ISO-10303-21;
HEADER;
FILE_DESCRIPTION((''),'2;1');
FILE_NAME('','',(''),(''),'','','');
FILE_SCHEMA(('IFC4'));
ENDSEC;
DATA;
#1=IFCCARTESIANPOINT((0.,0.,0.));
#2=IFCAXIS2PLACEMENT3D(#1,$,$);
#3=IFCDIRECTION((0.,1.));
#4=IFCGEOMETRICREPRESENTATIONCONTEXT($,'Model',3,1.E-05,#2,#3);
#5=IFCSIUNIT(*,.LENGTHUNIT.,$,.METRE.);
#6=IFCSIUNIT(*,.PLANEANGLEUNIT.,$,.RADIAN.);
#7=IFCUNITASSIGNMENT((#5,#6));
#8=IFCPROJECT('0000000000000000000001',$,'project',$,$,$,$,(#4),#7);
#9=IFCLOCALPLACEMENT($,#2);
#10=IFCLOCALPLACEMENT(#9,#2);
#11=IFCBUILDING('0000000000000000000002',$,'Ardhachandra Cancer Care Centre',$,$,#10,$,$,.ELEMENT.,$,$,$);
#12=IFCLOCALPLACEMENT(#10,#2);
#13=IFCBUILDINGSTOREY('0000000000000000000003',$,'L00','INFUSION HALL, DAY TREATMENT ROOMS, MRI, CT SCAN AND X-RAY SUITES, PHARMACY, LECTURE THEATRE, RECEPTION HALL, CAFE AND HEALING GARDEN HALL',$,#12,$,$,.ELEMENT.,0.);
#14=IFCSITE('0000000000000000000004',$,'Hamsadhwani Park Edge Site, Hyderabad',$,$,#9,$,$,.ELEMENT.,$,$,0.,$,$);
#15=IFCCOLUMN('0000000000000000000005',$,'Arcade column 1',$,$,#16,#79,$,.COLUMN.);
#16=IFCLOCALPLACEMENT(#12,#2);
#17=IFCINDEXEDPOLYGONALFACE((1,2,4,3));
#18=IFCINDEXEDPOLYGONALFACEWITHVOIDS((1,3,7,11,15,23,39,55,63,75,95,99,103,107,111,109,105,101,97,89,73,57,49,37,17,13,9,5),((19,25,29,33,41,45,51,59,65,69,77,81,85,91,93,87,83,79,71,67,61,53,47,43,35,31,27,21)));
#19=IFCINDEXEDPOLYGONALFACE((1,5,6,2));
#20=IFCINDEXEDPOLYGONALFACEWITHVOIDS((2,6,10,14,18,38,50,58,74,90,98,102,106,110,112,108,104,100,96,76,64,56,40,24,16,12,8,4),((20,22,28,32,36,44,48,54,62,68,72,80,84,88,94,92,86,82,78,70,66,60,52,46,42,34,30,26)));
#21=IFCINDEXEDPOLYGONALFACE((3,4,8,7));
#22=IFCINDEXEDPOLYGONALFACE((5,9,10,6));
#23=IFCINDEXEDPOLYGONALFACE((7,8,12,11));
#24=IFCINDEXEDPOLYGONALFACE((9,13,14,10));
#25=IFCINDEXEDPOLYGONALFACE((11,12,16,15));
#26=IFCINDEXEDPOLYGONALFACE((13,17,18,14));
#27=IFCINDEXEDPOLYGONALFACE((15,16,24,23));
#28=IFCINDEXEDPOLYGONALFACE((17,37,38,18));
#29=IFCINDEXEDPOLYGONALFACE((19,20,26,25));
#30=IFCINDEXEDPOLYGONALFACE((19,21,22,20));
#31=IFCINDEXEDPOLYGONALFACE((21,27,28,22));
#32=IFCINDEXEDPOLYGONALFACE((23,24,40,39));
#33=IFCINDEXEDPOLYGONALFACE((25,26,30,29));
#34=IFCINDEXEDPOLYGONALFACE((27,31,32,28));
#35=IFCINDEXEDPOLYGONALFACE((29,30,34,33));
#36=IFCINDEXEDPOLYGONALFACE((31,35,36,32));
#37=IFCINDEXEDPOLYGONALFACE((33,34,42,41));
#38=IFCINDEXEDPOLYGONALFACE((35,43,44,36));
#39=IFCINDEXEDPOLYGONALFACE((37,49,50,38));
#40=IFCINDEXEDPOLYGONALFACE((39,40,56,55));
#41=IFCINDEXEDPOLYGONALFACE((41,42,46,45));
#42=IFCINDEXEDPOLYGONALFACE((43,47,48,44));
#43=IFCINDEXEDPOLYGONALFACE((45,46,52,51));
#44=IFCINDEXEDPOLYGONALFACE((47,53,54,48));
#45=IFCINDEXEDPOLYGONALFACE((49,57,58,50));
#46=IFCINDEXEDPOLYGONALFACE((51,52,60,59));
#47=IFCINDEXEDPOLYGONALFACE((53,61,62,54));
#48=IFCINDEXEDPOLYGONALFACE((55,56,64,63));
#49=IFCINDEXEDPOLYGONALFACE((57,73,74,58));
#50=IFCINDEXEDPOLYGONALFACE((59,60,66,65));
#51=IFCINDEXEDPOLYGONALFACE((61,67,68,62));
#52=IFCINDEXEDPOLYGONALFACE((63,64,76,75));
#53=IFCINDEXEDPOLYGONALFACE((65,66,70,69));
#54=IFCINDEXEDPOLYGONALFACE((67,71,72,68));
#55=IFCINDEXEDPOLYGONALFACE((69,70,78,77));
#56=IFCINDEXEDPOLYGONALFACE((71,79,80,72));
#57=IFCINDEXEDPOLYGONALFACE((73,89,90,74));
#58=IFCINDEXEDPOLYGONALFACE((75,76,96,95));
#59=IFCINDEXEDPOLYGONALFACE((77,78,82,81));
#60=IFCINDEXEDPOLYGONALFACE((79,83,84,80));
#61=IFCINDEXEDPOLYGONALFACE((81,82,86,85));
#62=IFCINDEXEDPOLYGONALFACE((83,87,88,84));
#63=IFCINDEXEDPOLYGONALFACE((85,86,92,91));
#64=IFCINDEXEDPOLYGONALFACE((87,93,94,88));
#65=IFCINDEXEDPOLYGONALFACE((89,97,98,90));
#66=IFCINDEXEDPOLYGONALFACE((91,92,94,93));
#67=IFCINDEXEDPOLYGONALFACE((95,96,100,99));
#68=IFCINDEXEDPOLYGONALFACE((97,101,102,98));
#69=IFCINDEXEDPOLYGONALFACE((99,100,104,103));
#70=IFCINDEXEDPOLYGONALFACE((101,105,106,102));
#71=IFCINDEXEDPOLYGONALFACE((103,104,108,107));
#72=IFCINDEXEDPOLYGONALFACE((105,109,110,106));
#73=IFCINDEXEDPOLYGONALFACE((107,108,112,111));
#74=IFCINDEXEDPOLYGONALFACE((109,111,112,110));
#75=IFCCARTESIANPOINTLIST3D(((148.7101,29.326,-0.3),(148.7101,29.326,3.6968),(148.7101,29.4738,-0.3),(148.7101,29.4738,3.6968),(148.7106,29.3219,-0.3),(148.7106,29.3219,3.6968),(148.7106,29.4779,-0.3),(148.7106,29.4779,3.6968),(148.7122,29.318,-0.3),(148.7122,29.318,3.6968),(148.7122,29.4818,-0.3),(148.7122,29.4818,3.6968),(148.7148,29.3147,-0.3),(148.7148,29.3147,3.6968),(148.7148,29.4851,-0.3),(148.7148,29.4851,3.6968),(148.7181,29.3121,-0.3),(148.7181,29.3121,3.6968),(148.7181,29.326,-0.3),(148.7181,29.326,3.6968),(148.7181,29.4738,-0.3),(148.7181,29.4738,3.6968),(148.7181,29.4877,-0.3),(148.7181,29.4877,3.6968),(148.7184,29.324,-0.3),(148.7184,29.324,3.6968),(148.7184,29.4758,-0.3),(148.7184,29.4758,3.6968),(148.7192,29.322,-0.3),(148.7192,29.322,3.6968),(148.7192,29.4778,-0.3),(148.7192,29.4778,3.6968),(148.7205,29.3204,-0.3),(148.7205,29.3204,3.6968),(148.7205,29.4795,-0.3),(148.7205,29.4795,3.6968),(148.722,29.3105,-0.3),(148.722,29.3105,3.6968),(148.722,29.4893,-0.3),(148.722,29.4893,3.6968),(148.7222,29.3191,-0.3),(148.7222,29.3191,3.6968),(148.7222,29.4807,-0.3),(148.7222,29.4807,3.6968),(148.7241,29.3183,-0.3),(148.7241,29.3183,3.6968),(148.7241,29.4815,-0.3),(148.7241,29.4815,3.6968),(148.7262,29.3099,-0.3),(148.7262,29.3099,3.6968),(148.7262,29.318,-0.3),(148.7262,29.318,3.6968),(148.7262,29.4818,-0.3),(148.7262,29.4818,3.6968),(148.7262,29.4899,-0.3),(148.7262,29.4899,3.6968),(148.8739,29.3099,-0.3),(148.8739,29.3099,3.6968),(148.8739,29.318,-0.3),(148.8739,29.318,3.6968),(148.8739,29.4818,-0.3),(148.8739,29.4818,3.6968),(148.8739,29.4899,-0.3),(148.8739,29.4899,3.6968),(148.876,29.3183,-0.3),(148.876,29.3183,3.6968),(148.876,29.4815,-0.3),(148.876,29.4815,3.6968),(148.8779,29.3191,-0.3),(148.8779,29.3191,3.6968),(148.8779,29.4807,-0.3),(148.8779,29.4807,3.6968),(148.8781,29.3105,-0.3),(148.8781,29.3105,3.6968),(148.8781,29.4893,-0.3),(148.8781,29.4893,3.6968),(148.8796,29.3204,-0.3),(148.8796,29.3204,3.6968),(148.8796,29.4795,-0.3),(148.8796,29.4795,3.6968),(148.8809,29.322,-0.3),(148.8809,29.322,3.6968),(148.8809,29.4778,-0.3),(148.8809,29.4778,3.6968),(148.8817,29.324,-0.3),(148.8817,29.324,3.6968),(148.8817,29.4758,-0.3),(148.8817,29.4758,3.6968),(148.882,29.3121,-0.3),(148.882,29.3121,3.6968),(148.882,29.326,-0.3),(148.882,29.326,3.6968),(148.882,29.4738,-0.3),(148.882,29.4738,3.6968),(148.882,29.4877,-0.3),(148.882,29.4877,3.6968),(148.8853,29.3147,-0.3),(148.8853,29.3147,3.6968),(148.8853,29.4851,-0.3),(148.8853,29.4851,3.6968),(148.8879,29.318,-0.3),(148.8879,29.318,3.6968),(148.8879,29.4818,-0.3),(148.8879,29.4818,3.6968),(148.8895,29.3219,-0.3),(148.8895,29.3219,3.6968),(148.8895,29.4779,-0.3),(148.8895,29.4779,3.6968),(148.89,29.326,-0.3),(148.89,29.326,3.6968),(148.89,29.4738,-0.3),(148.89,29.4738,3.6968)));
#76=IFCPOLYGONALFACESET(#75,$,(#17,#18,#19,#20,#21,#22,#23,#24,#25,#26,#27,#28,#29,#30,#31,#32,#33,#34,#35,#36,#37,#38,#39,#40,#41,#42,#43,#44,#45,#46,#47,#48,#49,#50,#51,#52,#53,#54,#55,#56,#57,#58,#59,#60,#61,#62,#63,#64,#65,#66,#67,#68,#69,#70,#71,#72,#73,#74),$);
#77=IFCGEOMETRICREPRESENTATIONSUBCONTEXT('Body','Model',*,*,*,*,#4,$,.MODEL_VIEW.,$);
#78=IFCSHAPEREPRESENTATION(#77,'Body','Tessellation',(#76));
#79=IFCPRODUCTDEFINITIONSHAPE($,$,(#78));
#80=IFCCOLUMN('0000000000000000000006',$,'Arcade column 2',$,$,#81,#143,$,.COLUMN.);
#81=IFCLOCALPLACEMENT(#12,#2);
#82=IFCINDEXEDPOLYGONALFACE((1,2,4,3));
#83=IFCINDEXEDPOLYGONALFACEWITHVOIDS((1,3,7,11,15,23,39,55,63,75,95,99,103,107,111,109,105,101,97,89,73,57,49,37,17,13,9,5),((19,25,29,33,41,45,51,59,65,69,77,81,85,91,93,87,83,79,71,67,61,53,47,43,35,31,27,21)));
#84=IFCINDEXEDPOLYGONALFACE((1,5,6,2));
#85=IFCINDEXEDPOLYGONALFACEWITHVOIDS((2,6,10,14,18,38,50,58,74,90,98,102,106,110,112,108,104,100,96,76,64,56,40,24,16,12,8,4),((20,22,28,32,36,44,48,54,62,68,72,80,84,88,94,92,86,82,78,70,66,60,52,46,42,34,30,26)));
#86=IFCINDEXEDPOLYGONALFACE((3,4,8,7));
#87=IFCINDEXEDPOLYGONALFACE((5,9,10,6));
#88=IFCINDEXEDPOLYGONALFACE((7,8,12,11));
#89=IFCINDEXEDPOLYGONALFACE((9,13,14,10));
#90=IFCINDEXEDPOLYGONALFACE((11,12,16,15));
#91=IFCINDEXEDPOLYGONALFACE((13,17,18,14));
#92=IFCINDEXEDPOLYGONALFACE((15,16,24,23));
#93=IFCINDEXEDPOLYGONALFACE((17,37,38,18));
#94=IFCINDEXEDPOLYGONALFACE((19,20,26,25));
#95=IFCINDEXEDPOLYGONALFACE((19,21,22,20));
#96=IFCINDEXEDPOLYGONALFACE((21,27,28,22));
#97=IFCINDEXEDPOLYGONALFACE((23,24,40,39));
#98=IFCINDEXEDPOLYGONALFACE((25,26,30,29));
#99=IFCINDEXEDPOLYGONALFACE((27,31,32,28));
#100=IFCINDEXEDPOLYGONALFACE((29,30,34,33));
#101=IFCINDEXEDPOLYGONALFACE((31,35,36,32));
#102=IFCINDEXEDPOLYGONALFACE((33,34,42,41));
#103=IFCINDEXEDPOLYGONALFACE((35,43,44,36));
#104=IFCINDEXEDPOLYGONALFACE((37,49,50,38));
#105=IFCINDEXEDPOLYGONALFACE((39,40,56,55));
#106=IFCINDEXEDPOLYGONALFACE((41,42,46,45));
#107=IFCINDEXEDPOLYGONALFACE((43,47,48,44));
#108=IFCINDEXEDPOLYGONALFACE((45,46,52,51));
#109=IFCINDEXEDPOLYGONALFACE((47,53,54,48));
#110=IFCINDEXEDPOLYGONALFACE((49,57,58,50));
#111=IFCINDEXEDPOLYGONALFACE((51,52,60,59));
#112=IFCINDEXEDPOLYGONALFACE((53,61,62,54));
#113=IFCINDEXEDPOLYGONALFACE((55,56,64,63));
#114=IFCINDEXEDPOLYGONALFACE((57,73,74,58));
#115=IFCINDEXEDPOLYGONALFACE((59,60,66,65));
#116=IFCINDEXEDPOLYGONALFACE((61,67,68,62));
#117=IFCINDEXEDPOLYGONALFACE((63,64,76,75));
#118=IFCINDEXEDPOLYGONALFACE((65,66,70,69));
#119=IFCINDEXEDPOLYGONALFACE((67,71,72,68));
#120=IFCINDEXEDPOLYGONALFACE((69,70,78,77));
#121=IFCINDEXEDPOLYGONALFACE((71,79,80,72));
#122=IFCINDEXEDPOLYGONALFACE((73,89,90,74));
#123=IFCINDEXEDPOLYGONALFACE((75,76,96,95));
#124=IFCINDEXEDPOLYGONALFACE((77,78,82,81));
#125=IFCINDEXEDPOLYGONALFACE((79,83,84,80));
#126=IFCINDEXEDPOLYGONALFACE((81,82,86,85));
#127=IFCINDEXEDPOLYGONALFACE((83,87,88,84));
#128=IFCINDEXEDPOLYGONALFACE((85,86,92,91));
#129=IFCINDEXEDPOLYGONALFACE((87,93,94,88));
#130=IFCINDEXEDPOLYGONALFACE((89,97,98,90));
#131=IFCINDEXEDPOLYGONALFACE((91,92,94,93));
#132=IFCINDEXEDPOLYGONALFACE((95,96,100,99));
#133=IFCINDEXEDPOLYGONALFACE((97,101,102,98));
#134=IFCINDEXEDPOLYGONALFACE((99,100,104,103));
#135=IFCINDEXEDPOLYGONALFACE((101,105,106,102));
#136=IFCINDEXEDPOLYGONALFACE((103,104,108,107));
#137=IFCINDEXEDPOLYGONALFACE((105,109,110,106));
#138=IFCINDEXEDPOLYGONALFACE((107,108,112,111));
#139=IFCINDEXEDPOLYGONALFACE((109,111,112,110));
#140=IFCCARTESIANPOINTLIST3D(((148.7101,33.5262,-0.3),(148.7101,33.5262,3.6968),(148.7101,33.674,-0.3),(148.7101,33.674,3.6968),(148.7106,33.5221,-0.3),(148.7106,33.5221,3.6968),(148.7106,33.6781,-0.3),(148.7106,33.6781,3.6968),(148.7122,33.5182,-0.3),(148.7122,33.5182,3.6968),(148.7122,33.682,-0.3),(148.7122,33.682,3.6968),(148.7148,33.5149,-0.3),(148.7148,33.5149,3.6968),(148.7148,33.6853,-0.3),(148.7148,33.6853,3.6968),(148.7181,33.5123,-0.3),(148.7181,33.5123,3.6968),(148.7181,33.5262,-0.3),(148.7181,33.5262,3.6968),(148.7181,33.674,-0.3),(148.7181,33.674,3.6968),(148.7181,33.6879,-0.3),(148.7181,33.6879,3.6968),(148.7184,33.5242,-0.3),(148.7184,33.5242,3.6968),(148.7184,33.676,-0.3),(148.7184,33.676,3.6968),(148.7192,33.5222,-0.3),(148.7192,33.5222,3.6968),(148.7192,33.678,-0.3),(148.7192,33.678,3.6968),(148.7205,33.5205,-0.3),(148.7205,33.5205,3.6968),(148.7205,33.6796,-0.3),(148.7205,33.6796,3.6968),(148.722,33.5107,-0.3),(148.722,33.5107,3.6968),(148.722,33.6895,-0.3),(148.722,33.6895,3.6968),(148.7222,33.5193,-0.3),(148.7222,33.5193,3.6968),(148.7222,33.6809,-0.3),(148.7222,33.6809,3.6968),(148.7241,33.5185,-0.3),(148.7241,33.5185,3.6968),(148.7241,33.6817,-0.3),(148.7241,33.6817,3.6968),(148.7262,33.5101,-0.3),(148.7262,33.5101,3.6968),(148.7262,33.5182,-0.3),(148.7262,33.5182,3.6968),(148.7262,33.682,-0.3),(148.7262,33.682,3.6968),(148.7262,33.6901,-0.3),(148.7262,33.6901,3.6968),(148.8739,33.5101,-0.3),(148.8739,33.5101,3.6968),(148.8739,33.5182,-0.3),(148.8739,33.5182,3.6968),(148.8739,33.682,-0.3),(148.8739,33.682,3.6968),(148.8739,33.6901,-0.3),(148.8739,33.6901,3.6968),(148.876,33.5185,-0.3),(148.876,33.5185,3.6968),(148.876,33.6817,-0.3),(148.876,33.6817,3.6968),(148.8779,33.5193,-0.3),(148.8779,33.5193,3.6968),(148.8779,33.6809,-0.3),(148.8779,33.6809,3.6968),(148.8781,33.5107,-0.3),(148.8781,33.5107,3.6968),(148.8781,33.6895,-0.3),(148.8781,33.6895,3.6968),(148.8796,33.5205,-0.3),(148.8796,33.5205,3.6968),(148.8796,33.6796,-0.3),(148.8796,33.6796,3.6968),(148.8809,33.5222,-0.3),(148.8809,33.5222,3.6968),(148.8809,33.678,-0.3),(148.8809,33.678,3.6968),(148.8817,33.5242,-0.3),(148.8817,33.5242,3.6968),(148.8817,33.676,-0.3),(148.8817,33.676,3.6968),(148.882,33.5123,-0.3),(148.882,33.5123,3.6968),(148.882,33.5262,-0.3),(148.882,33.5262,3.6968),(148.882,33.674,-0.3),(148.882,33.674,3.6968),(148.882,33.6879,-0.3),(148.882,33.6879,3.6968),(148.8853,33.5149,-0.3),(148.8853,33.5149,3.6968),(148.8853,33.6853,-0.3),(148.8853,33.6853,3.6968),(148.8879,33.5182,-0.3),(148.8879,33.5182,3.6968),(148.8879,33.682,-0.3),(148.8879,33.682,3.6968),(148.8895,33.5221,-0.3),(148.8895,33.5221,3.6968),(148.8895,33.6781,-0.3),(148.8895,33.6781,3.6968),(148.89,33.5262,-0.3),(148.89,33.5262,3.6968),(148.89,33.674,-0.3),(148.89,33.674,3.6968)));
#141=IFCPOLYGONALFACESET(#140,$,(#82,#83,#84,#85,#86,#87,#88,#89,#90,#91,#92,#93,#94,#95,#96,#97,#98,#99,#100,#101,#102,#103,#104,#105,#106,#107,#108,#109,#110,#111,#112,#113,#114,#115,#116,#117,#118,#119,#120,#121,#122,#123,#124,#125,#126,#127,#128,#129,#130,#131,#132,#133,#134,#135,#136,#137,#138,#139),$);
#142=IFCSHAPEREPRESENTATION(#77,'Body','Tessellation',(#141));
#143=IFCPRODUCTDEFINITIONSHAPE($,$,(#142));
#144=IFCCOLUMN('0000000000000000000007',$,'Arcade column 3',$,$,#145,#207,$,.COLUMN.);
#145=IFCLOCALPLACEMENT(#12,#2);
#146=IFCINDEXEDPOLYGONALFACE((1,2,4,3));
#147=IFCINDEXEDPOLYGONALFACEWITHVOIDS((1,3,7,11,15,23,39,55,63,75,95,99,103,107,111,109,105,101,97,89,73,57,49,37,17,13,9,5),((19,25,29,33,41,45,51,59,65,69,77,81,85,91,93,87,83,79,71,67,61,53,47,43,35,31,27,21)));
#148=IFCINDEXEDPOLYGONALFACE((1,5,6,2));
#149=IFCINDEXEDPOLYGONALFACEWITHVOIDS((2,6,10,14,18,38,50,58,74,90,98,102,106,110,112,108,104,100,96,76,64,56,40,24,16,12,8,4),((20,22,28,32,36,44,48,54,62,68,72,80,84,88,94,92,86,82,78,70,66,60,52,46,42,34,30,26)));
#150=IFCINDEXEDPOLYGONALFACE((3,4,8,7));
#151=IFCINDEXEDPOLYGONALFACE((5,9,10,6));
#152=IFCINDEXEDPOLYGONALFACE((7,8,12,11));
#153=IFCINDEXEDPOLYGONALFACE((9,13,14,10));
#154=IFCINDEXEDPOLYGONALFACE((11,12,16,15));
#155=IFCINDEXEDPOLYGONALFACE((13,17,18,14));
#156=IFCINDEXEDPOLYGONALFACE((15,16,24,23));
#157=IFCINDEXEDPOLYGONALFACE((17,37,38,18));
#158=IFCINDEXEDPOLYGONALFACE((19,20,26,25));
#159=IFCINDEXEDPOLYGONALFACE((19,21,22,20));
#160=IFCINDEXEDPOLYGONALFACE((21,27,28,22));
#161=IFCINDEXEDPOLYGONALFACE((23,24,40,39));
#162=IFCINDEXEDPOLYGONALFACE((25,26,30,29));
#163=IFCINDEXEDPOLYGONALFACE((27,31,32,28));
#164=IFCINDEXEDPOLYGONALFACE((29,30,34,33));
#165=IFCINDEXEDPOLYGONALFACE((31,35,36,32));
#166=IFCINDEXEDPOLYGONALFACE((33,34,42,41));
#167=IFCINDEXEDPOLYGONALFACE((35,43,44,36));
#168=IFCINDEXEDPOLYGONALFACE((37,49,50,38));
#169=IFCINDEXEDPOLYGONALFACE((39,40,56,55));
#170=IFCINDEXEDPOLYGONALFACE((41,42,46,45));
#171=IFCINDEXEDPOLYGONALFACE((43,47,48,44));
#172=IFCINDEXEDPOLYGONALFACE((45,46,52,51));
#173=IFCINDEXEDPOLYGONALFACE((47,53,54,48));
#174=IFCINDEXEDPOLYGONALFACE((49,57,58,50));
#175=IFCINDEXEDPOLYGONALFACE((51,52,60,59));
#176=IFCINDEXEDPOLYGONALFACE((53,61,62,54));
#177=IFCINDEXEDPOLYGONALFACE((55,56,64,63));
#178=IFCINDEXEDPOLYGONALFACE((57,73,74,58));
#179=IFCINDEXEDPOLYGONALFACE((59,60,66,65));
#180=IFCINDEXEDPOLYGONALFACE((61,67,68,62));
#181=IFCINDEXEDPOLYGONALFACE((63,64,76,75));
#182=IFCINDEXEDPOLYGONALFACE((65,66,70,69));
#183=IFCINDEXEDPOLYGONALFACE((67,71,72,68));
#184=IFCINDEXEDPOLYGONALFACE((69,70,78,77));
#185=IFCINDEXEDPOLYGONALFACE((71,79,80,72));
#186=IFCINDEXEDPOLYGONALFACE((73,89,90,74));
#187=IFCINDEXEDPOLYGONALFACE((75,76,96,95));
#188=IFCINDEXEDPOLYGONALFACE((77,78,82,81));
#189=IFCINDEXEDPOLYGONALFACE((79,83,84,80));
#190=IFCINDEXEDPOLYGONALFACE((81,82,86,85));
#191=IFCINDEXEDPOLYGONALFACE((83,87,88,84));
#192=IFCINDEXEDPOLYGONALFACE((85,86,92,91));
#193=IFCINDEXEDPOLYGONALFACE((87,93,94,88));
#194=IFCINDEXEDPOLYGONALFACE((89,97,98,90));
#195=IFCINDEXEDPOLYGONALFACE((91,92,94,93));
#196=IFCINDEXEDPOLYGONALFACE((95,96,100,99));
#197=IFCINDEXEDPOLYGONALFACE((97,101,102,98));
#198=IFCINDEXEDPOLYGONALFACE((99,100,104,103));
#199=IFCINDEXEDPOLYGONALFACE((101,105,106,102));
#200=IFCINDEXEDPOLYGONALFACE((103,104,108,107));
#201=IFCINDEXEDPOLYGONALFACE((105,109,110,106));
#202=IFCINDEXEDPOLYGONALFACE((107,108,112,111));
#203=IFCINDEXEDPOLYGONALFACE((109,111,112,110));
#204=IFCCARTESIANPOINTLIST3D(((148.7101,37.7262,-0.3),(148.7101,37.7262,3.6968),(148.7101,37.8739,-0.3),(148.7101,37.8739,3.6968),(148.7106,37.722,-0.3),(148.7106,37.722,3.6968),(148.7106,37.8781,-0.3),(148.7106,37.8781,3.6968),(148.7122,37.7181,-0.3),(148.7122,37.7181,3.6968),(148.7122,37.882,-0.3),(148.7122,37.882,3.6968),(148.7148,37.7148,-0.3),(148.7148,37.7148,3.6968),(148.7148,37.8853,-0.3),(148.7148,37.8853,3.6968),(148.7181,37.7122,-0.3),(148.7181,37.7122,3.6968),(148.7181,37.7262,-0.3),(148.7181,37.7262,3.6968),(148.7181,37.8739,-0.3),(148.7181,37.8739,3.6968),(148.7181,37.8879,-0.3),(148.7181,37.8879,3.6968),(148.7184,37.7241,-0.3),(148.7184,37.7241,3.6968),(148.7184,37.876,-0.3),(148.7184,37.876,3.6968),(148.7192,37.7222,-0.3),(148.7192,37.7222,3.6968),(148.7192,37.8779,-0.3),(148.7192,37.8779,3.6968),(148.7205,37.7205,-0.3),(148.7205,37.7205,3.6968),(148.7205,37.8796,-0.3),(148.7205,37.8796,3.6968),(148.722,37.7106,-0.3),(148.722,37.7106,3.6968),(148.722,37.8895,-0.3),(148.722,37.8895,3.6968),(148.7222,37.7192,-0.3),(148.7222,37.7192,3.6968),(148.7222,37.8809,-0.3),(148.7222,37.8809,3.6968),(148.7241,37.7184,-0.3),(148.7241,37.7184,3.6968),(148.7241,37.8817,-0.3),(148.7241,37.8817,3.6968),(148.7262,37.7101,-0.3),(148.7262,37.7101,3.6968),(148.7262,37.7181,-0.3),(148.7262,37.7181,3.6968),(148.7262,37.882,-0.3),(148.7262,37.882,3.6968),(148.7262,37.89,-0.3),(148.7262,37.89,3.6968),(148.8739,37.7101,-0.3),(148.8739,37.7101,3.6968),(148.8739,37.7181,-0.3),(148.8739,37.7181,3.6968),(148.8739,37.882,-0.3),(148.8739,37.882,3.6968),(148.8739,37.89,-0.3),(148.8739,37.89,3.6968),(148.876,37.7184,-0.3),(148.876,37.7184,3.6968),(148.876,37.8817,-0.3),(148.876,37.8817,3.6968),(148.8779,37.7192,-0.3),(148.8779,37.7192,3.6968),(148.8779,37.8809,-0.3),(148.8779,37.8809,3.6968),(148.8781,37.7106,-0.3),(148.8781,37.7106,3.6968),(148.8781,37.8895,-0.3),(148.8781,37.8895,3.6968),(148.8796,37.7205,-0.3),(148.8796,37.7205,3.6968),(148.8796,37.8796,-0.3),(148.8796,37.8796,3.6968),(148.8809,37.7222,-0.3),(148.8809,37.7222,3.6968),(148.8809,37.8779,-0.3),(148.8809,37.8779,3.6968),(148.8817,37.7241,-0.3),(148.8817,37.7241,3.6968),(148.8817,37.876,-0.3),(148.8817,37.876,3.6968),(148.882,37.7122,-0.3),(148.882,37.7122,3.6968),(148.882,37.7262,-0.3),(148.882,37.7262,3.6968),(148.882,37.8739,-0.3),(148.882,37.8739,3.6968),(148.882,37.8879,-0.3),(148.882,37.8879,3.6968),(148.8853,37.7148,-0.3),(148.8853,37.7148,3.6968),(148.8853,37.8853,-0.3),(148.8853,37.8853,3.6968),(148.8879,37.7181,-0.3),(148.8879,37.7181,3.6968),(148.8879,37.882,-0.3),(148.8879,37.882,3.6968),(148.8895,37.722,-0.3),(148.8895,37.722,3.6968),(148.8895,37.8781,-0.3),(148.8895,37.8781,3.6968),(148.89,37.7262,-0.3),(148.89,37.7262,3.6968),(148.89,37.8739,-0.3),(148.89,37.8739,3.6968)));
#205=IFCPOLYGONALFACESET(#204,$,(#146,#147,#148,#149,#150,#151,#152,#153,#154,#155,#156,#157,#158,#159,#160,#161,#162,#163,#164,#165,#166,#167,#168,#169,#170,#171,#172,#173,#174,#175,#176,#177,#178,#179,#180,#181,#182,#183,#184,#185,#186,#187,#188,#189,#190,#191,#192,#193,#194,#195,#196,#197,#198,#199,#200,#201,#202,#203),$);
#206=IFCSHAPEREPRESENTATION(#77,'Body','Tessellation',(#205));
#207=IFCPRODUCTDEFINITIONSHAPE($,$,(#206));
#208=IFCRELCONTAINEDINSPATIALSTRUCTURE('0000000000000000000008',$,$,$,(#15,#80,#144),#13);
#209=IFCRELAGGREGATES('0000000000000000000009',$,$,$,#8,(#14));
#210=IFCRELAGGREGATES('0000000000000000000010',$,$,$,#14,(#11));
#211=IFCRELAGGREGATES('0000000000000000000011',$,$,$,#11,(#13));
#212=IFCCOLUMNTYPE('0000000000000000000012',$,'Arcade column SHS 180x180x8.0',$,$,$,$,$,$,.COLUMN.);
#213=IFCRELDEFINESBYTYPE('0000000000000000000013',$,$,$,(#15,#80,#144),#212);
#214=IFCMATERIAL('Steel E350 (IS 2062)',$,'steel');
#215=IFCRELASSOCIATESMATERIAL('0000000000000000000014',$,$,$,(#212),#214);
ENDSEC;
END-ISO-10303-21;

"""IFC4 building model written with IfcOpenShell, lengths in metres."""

from ifc_helpers import new_model, si_unit, direction, frame, origin, origin_2d, place, context, subcontext, project, spatial, hollow_rectangle, extrude, material, material_profile, profile_set, type_object, element, save


model = new_model("IFC4")

# Units and contexts
model_context = context("Model", 3, precision=1e-05, world=origin(), true_north=direction((0.0, 1.0)))
body_context = subcontext(model_context, "Body", "Model", "MODEL_VIEW")
ifc_project = project(units=[si_unit("LENGTHUNIT", "METRE"), si_unit("PLANEANGLEUNIT", "RADIAN")], contexts=[model_context])

# Site, building, storey
site_placement = place(None, origin())
site = spatial("IfcSite", under=ifc_project, at=site_placement, Name="Hamsadhwani Park Edge Site, Hyderabad", CompositionType="ELEMENT", RefElevation=0.0)
building_placement = place(site_placement, origin())
building = spatial("IfcBuilding", under=site, at=building_placement, Name="Ardhachandra Cancer Care Centre", CompositionType="ELEMENT")
storey_placement = place(building_placement, origin())
storey = spatial("IfcBuildingStorey", under=building, at=storey_placement, Name="L00", Description="INFUSION HALL, DAY TREATMENT ROOMS, MRI, CT SCAN AND X-RAY SUITES, PHARMACY, LECTURE THEATRE, RECEPTION HALL, CAFE AND HEALING GARDEN HALL", CompositionType="ELEMENT", Elevation=0.0)

# Columns
ifc_material_1 = material(Name="Steel E350 (IS 2062)", Category="steel")
ifc_material_profile_1 = material_profile(ifc_material_1, hollow_rectangle(XDim=0.1799, YDim=0.1799, WallThickness=0.0081, InnerFilletRadius=0.0081, OuterFilletRadius=0.0161, at=origin_2d()), Name="SHS 180x180x8.0")
ifc_profile_set_1 = profile_set([ifc_material_profile_1], Name="Steel E350 (IS 2062)")
column_type = type_object("IfcColumnType", Name="Arcade column SHS 180x180x8.0", PredefinedType="COLUMN", material=ifc_profile_set_1)
for number, where, z_axis, x_axis, name in (
    (1, (148.8, 29.3999, -0.3), (0.0, 0.0, 1.0), (1.0, 0.0, 0.0), "Arcade column 1"),
    (2, (148.8, 33.6001, -0.3), (0.0, 0.0, 1.0), (1.0, 0.0, 0.0), "Arcade column 2"),
    (3, (148.8, 37.8, -0.3), (0.0, 0.0, 1.0), (1.0, 0.0, 0.0), "Arcade column 3"),
):
    element("IfcColumn", number, at=place(storey_placement, frame(where, z_axis=z_axis, x_axis=x_axis)), inside=storey, type_object=column_type, Name=name, PredefinedType="COLUMN", context=body_context, shape_type="SweptSolid", body=[
        extrude(hollow_rectangle(XDim=0.1799, YDim=0.1799, WallThickness=0.0081, InnerFilletRadius=0.0081, OuterFilletRadius=0.0161, at=origin_2d()), origin(), (0.0, 0.0, 1.0), 3.9968),
    ])

save(model, "model.ifc")
